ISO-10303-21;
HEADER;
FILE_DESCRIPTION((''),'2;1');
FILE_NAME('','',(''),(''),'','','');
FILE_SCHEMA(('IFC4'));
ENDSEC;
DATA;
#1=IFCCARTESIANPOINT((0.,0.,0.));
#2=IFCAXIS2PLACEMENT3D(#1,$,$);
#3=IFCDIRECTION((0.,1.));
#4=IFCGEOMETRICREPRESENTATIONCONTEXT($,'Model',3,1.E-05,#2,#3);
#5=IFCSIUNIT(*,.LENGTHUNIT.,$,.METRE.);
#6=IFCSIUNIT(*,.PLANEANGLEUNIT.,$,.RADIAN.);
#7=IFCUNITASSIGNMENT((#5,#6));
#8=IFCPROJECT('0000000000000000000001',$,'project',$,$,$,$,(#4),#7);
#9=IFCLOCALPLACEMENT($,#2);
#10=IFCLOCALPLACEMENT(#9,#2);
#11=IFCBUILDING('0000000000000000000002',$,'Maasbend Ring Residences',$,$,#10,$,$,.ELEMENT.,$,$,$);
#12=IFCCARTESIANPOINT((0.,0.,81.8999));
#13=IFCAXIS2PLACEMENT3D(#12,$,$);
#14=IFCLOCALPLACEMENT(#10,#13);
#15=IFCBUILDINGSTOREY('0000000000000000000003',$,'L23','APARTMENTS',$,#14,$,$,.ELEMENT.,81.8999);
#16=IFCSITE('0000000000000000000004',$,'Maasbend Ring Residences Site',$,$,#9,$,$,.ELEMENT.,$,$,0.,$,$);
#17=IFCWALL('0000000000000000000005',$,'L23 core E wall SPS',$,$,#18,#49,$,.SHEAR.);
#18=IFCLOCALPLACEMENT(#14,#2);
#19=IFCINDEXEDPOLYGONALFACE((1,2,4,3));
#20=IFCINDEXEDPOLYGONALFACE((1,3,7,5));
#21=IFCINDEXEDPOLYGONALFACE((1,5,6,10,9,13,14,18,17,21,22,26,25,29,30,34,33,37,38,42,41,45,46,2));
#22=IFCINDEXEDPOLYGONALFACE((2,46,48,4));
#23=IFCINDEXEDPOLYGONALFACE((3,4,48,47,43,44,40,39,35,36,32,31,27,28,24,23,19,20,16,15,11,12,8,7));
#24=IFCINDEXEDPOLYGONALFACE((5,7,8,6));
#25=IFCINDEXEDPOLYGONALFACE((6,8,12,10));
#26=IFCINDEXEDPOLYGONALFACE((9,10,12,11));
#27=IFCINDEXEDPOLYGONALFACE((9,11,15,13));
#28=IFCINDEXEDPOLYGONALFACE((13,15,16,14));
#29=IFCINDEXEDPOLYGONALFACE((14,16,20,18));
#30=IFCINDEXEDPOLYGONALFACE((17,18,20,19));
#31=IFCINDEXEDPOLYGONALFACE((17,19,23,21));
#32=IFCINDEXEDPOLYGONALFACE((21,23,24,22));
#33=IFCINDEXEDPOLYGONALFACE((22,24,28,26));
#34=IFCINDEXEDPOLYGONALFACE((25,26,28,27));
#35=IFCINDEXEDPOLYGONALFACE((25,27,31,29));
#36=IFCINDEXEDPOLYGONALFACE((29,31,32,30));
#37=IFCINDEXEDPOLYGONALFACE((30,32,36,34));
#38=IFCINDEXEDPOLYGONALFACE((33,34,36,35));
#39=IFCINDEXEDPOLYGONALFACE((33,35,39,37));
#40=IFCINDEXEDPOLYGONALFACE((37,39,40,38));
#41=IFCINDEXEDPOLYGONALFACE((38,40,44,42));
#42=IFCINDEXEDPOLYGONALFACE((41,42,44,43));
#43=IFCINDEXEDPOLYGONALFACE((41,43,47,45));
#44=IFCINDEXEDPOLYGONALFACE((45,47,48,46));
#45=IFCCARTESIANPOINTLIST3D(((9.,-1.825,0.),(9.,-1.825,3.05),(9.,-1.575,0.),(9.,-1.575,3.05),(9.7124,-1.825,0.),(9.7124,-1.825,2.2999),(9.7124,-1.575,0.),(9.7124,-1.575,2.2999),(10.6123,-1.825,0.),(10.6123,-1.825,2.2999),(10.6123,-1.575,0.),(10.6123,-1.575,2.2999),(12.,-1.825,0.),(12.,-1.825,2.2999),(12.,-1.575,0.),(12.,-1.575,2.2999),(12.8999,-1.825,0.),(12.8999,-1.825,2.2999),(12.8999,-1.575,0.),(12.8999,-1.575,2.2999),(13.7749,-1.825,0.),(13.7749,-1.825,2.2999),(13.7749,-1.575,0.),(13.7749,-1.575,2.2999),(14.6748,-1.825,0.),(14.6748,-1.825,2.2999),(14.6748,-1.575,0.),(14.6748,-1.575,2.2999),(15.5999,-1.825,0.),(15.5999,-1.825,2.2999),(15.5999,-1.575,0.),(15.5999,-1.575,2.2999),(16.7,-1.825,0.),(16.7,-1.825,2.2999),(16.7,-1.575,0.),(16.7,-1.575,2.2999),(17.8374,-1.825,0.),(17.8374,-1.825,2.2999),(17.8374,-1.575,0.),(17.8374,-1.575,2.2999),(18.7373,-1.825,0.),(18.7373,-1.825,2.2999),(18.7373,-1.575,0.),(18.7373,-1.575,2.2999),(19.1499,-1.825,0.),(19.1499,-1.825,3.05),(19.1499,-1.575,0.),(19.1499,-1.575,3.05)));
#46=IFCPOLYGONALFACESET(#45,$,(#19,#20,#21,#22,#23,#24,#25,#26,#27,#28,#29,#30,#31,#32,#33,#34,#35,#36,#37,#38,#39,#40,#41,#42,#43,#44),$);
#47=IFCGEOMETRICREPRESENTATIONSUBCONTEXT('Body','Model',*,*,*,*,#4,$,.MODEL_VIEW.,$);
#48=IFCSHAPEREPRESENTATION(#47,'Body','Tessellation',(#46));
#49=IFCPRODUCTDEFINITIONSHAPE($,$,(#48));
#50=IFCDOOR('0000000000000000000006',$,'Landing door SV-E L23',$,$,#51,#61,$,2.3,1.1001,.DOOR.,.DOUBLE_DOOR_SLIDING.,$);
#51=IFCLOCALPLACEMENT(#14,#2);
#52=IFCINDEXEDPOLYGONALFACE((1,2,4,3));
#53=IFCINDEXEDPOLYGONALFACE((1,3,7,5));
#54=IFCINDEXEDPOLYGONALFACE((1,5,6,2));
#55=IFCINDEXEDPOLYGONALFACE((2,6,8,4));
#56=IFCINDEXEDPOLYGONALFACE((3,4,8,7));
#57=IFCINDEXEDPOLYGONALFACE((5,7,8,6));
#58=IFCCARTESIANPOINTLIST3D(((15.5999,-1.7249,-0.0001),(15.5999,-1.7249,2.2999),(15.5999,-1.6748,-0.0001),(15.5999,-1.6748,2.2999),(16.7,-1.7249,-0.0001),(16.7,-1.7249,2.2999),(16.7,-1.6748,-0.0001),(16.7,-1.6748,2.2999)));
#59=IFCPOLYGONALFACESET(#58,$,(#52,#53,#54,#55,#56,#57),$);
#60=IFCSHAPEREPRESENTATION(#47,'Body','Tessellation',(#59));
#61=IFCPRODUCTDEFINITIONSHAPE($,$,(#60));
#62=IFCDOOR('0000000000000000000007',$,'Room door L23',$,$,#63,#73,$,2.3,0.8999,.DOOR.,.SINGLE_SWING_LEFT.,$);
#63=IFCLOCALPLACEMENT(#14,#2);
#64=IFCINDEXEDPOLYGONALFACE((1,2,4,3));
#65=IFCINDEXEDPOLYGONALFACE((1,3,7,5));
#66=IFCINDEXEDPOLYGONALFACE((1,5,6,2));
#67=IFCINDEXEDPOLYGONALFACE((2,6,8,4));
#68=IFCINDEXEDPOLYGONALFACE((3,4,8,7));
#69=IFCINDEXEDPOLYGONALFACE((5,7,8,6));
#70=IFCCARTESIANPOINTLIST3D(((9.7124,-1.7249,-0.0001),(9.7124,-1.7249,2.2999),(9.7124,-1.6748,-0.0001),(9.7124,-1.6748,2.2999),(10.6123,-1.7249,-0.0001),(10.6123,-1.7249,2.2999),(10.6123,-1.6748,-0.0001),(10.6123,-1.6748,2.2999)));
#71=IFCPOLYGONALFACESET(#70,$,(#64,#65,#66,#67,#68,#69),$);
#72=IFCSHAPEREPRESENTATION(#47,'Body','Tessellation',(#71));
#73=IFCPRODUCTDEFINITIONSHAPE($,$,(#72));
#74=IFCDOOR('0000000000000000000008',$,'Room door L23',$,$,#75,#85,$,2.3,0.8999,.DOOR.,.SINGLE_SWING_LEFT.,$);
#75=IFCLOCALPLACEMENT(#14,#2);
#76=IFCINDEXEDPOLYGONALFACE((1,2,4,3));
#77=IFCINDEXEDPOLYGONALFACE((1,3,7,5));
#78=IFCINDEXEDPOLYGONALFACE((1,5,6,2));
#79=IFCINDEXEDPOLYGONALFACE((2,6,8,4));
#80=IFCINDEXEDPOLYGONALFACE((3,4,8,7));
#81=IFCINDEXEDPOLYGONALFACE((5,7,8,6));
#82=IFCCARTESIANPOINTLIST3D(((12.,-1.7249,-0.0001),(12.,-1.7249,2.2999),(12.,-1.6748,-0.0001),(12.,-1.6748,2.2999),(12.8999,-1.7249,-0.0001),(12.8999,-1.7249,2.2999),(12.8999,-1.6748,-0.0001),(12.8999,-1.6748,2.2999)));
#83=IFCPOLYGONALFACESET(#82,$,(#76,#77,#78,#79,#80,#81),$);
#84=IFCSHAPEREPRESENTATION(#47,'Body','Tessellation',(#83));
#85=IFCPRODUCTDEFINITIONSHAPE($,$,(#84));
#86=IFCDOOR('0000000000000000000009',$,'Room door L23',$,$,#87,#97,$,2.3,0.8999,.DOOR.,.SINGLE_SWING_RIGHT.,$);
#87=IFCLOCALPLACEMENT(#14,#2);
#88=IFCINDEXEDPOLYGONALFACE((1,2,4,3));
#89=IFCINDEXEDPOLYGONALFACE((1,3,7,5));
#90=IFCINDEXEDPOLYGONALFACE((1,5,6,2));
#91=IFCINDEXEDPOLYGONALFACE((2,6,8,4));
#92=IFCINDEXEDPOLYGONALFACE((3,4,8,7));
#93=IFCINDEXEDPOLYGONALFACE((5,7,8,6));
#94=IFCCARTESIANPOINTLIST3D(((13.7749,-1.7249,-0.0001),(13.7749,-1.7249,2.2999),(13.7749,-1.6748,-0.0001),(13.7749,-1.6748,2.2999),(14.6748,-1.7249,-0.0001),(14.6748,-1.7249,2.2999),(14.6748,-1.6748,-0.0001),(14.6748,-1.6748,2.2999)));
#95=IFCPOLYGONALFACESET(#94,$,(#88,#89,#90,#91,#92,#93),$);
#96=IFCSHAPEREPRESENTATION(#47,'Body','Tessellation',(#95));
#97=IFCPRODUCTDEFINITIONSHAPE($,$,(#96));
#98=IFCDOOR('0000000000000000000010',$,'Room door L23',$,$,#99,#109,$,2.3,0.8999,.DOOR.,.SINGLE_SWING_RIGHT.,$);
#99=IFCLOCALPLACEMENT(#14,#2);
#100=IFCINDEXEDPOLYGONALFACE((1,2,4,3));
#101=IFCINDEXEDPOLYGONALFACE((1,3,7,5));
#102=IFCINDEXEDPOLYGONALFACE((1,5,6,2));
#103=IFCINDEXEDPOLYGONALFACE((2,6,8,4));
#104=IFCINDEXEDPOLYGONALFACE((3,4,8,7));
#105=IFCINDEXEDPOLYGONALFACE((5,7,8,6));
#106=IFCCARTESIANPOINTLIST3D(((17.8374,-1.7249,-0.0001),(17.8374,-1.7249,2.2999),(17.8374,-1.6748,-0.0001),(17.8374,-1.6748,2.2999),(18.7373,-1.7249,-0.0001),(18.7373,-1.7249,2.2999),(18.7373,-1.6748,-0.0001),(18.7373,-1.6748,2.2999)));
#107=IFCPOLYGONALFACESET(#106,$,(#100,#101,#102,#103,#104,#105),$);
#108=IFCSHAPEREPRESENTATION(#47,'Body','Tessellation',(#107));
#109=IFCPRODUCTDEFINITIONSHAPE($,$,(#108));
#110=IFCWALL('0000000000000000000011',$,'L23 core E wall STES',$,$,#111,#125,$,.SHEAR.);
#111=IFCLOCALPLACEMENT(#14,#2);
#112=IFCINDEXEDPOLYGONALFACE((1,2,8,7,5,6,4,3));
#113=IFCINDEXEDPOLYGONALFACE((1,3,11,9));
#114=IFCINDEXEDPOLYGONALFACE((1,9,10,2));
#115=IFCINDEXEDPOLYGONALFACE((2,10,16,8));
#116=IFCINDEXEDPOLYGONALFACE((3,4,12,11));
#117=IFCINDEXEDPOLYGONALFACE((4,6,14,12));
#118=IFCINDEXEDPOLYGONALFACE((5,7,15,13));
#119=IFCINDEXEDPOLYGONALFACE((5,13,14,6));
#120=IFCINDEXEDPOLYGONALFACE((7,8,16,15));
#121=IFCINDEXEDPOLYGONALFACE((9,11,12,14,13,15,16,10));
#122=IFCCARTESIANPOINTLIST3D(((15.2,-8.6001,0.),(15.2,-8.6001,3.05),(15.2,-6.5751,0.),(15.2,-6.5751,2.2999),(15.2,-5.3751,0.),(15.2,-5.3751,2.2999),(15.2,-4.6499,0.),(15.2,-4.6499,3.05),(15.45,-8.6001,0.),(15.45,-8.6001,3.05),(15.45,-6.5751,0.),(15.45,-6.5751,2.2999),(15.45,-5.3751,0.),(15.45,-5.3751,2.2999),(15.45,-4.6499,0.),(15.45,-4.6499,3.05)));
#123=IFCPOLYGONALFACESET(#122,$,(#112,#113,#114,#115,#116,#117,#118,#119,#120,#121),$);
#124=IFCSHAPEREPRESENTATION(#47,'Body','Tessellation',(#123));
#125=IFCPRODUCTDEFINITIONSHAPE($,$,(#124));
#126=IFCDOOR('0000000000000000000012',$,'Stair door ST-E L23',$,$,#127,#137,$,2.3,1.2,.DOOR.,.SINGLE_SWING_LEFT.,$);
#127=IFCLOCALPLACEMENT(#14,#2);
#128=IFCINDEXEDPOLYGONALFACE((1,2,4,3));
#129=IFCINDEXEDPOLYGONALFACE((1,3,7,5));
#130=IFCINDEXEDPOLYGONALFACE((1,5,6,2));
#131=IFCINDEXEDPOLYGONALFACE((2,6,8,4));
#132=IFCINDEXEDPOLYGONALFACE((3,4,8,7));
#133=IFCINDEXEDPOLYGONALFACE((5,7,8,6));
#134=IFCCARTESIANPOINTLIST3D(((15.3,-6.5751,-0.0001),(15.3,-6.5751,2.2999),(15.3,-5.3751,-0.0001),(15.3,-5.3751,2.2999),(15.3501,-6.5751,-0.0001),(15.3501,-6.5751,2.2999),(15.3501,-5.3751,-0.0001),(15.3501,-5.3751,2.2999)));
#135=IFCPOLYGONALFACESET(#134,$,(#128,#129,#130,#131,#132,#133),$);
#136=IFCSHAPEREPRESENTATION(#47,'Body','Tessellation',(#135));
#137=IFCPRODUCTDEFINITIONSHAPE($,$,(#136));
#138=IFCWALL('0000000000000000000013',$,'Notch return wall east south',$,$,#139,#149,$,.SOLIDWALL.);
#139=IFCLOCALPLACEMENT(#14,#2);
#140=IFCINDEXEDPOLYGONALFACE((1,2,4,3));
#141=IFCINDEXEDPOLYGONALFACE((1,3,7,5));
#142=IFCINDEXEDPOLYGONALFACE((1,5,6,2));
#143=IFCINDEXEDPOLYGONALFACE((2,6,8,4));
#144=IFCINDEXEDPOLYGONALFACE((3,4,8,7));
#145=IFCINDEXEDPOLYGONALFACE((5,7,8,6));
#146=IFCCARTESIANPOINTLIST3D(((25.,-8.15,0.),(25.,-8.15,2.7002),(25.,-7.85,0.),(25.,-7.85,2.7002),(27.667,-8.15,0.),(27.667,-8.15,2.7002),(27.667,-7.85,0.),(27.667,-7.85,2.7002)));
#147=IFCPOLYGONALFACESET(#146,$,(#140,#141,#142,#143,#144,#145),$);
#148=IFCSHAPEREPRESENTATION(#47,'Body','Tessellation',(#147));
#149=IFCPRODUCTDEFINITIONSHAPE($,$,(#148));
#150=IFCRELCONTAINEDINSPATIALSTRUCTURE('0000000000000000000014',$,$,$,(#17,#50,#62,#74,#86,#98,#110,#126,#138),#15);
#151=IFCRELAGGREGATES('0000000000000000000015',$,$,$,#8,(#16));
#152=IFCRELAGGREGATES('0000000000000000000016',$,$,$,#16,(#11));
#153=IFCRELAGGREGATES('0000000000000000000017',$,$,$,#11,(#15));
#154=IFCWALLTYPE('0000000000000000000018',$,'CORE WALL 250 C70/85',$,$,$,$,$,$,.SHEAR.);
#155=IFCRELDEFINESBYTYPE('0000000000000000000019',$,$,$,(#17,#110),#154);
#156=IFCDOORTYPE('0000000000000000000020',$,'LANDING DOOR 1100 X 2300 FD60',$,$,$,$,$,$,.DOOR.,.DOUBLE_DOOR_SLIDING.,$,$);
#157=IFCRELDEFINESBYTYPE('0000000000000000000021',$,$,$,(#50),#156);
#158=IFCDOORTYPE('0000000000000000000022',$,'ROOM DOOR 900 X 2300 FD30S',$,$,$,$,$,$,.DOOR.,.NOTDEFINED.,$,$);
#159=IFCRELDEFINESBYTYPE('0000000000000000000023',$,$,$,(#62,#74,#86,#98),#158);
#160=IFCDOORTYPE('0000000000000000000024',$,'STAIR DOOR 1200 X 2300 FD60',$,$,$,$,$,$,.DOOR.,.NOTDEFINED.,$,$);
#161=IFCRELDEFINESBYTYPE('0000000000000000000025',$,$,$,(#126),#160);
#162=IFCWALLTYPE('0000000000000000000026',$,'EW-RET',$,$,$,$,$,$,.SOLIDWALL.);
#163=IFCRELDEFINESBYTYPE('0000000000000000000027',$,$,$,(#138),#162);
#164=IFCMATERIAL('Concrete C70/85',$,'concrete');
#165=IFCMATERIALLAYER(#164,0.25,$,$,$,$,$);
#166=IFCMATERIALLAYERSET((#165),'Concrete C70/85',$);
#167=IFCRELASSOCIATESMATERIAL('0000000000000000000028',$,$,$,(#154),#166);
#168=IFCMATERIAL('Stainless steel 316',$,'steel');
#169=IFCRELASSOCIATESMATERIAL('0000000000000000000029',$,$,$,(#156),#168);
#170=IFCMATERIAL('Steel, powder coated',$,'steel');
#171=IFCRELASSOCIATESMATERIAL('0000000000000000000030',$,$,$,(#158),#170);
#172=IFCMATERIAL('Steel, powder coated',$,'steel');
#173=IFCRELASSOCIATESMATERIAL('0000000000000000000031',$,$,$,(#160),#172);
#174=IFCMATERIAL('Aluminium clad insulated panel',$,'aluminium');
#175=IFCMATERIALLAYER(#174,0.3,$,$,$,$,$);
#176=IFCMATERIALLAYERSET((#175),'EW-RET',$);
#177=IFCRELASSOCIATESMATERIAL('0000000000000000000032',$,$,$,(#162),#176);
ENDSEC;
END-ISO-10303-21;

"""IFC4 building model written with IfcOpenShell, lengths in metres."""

from ifc_helpers import new_model, si_unit, direction, frame, frame_2d, origin, place, context, subcontext, project, spatial, rectangle, extrude, material, layer, layer_set, type_object, element, fill, save


model = new_model("IFC4")

# Units and contexts
model_context = context("Model", 3, precision=1e-05, world=origin(), true_north=direction((0.0, 1.0)))
body_context = subcontext(model_context, "Body", "Model", "MODEL_VIEW")
ifc_project = project(units=[si_unit("LENGTHUNIT", "METRE"), si_unit("PLANEANGLEUNIT", "RADIAN")], contexts=[model_context])

# Site, building, storey
site_placement = place(None, origin())
site = spatial("IfcSite", under=ifc_project, at=site_placement, Name="Maasbend Ring Residences Site", CompositionType="ELEMENT", RefElevation=0.0)
building_placement = place(site_placement, origin())
building = spatial("IfcBuilding", under=site, at=building_placement, Name="Maasbend Ring Residences", CompositionType="ELEMENT")
storey_placement = place(building_placement, frame((0.0, 0.0, 81.8999)))
storey = spatial("IfcBuildingStorey", under=building, at=storey_placement, Name="L23", Description="APARTMENTS", CompositionType="ELEMENT", Elevation=81.8999)

# Wall, openings, doors
ifc_material_1 = material(Name="Concrete C70/85", Category="concrete")
ifc_layer_1 = layer(ifc_material_1, 0.25)
ifc_layer_set_1 = layer_set([ifc_layer_1], Name="Concrete C70/85")
wall_type_1 = type_object("IfcWallType", Name="CORE WALL 250 C70/85", PredefinedType="SHEAR", material=ifc_layer_set_1)
wall_1_placement = place(storey_placement, frame((19.1499, -1.7, 0.0), z_axis=(0.0, 0.0, 1.0), x_axis=(-1.0, 0.0, 0.0)))
wall_1 = element("IfcWall", 1, at=wall_1_placement, inside=storey, type_object=wall_type_1, Name="L23 core E wall SPS", PredefinedType="SHEAR", context=body_context, shape_type="SweptSolid", body=[
    extrude(rectangle(XDim=10.1499, YDim=0.25, at=frame_2d((5.075, 0.0))), origin(), (0.0, 0.0, 1.0), 3.05),
])
opening_1_placement = place(wall_1_placement, frame((2.45, 0.0, 0.0)))
opening_1 = element("IfcOpeningElement", 2, at=opening_1_placement, cuts=wall_1, PredefinedType="OPENING", context=body_context, shape_type="SweptSolid", body=[
    extrude(rectangle(XDim=1.1001, YDim=2.3, at=frame_2d((0.55, 1.1499))), frame((0.0, 0.135, 0.0), z_axis=(0.0, -1.0, 0.0), x_axis=(1.0, 0.0, 0.0)), (0.0, 0.0, 1.0), 0.27),
])
opening_2_placement = place(wall_1_placement, frame((8.5376, 0.0, 0.0)))
opening_2 = element("IfcOpeningElement", 3, at=opening_2_placement, cuts=wall_1, PredefinedType="OPENING", context=body_context, shape_type="SweptSolid", body=[
    extrude(rectangle(XDim=0.8999, YDim=2.3, at=frame_2d((0.45, 1.1499))), frame((0.0, 0.135, 0.0), z_axis=(0.0, -1.0, 0.0), x_axis=(1.0, 0.0, 0.0)), (0.0, 0.0, 1.0), 0.27),
])
opening_3_placement = place(wall_1_placement, frame((6.25, 0.0, 0.0)))
opening_3 = element("IfcOpeningElement", 4, at=opening_3_placement, cuts=wall_1, PredefinedType="OPENING", context=body_context, shape_type="SweptSolid", body=[
    extrude(rectangle(XDim=0.8999, YDim=2.3, at=frame_2d((0.45, 1.1499))), frame((0.0, 0.135, 0.0), z_axis=(0.0, -1.0, 0.0), x_axis=(1.0, 0.0, 0.0)), (0.0, 0.0, 1.0), 0.27),
])
opening_4_placement = place(wall_1_placement, frame((4.4751, 0.0, 0.0)))
opening_4 = element("IfcOpeningElement", 5, at=opening_4_placement, cuts=wall_1, PredefinedType="OPENING", context=body_context, shape_type="SweptSolid", body=[
    extrude(rectangle(XDim=0.8999, YDim=2.3, at=frame_2d((0.45, 1.1499))), frame((0.0, 0.135, 0.0), z_axis=(0.0, -1.0, 0.0), x_axis=(1.0, 0.0, 0.0)), (0.0, 0.0, 1.0), 0.27),
])
opening_5_placement = place(wall_1_placement, frame((0.4126, 0.0, 0.0)))
opening_5 = element("IfcOpeningElement", 6, at=opening_5_placement, cuts=wall_1, PredefinedType="OPENING", context=body_context, shape_type="SweptSolid", body=[
    extrude(rectangle(XDim=0.8999, YDim=2.3, at=frame_2d((0.45, 1.1499))), frame((0.0, 0.135, 0.0), z_axis=(0.0, -1.0, 0.0), x_axis=(1.0, 0.0, 0.0)), (0.0, 0.0, 1.0), 0.27),
])
ifc_material_2 = material(Name="Stainless steel 316", Category="steel")
door_type_1 = type_object("IfcDoorType", Name="LANDING DOOR 1100 X 2300 FD60", OperationType="DOUBLE_DOOR_SLIDING", PredefinedType="DOOR", material=ifc_material_2)
door_1_placement = place(opening_1_placement, origin())
door_1 = element("IfcDoor", 7, at=door_1_placement, inside=storey, type_object=door_type_1, Name="Landing door SV-E L23", OperationType="DOUBLE_DOOR_SLIDING", OverallHeight=2.3, OverallWidth=1.1001, PredefinedType="DOOR", context=body_context, shape_type="SweptSolid", body=[
    extrude(rectangle(XDim=1.1001, YDim=2.3, at=frame_2d((0.55, 1.1499))), frame((0.0, 0.0249, 0.0), z_axis=(0.0, -1.0, 0.0), x_axis=(1.0, 0.0, 0.0)), (0.0, 0.0, 1.0), 0.05),
])
fill(opening_1, door_1)
ifc_material_3 = material(Name="Steel, powder coated", Category="steel")
door_type_2 = type_object("IfcDoorType", Name="ROOM DOOR 900 X 2300 FD30S", OperationType="NOTDEFINED", PredefinedType="DOOR", material=ifc_material_3)
door_2_placement = place(opening_2_placement, origin())
door_2 = element("IfcDoor", 8, at=door_2_placement, inside=storey, type_object=door_type_2, Name="Room door L23", OperationType="SINGLE_SWING_LEFT", OverallHeight=2.3, OverallWidth=0.8999, PredefinedType="DOOR", context=body_context, shape_type="SweptSolid", body=[
    extrude(rectangle(XDim=0.8999, YDim=2.3, at=frame_2d((0.45, 1.1499))), frame((0.0, 0.0249, 0.0), z_axis=(0.0, -1.0, 0.0), x_axis=(1.0, 0.0, 0.0)), (0.0, 0.0, 1.0), 0.05),
])
fill(opening_2, door_2)
door_3_placement = place(opening_3_placement, origin())
door_3 = element("IfcDoor", 9, at=door_3_placement, inside=storey, type_object=door_type_2, Name="Room door L23", OperationType="SINGLE_SWING_LEFT", OverallHeight=2.3, OverallWidth=0.8999, PredefinedType="DOOR", context=body_context, shape_type="SweptSolid", body=[
    extrude(rectangle(XDim=0.8999, YDim=2.3, at=frame_2d((0.45, 1.1499))), frame((0.0, 0.0249, 0.0), z_axis=(0.0, -1.0, 0.0), x_axis=(1.0, 0.0, 0.0)), (0.0, 0.0, 1.0), 0.05),
])
fill(opening_3, door_3)
door_4_placement = place(opening_4_placement, origin())
door_4 = element("IfcDoor", 10, at=door_4_placement, inside=storey, type_object=door_type_2, Name="Room door L23", OperationType="SINGLE_SWING_RIGHT", OverallHeight=2.3, OverallWidth=0.8999, PredefinedType="DOOR", context=body_context, shape_type="SweptSolid", body=[
    extrude(rectangle(XDim=0.8999, YDim=2.3, at=frame_2d((0.45, 1.1499))), frame((0.0, 0.0249, 0.0), z_axis=(0.0, -1.0, 0.0), x_axis=(1.0, 0.0, 0.0)), (0.0, 0.0, 1.0), 0.05),
])
fill(opening_4, door_4)
door_5_placement = place(opening_5_placement, origin())
door_5 = element("IfcDoor", 11, at=door_5_placement, inside=storey, type_object=door_type_2, Name="Room door L23", OperationType="SINGLE_SWING_RIGHT", OverallHeight=2.3, OverallWidth=0.8999, PredefinedType="DOOR", context=body_context, shape_type="SweptSolid", body=[
    extrude(rectangle(XDim=0.8999, YDim=2.3, at=frame_2d((0.45, 1.1499))), frame((0.0, 0.0249, 0.0), z_axis=(0.0, -1.0, 0.0), x_axis=(1.0, 0.0, 0.0)), (0.0, 0.0, 1.0), 0.05),
])
fill(opening_5, door_5)

# Wall, opening, door
wall_2_placement = place(storey_placement, frame((15.325, -8.6001, 0.0), z_axis=(0.0, 0.0, 1.0), x_axis=(0.0, 1.0, 0.0)))
wall_2 = element("IfcWall", 12, at=wall_2_placement, inside=storey, type_object=wall_type_1, Name="L23 core E wall STES", PredefinedType="SHEAR", context=body_context, shape_type="SweptSolid", body=[
    extrude(rectangle(XDim=3.9502, YDim=0.25, at=frame_2d((1.9751, 0.0))), origin(), (0.0, 0.0, 1.0), 3.05),
])
opening_6_placement = place(wall_2_placement, frame((2.0249, 0.0, 0.0)))
opening_6 = element("IfcOpeningElement", 13, at=opening_6_placement, cuts=wall_2, PredefinedType="OPENING", context=body_context, shape_type="SweptSolid", body=[
    extrude(rectangle(XDim=1.2, YDim=2.3, at=frame_2d((0.6001, 1.1499))), frame((0.0, 0.135, 0.0), z_axis=(0.0, -1.0, 0.0), x_axis=(1.0, 0.0, 0.0)), (0.0, 0.0, 1.0), 0.27),
])
ifc_material_4 = material(Name="Steel, powder coated", Category="steel")
door_type_3 = type_object("IfcDoorType", Name="STAIR DOOR 1200 X 2300 FD60", OperationType="NOTDEFINED", PredefinedType="DOOR", material=ifc_material_4)
door_6_placement = place(opening_6_placement, origin())
door_6 = element("IfcDoor", 14, at=door_6_placement, inside=storey, type_object=door_type_3, Name="Stair door ST-E L23", OperationType="SINGLE_SWING_LEFT", OverallHeight=2.3, OverallWidth=1.2, PredefinedType="DOOR", context=body_context, shape_type="SweptSolid", body=[
    extrude(rectangle(XDim=1.2, YDim=2.3, at=frame_2d((0.6001, 1.1499))), frame((0.0, 0.0249, 0.0), z_axis=(0.0, -1.0, 0.0), x_axis=(1.0, 0.0, 0.0)), (0.0, 0.0, 1.0), 0.05),
])
fill(opening_6, door_6)

# Wall
ifc_material_5 = material(Name="Aluminium clad insulated panel", Category="aluminium")
ifc_layer_2 = layer(ifc_material_5, 0.3)
ifc_layer_set_2 = layer_set([ifc_layer_2], Name="EW-RET")
wall_type_2 = type_object("IfcWallType", Name="EW-RET", PredefinedType="SOLIDWALL", material=ifc_layer_set_2)
wall_3_placement = place(storey_placement, frame((25.0, -8.0, 0.0), z_axis=(0.0, 0.0, 1.0), x_axis=(1.0, 0.0, 0.0)))
element("IfcWall", 15, at=wall_3_placement, inside=storey, type_object=wall_type_2, Name="Notch return wall east south", PredefinedType="SOLIDWALL", context=body_context, shape_type="SweptSolid", body=[
    extrude(rectangle(XDim=2.667, YDim=0.3, at=frame_2d((1.3335, 0.0))), origin(), (0.0, 0.0, 1.0), 2.7002),
])

save(model, "model.ifc")
